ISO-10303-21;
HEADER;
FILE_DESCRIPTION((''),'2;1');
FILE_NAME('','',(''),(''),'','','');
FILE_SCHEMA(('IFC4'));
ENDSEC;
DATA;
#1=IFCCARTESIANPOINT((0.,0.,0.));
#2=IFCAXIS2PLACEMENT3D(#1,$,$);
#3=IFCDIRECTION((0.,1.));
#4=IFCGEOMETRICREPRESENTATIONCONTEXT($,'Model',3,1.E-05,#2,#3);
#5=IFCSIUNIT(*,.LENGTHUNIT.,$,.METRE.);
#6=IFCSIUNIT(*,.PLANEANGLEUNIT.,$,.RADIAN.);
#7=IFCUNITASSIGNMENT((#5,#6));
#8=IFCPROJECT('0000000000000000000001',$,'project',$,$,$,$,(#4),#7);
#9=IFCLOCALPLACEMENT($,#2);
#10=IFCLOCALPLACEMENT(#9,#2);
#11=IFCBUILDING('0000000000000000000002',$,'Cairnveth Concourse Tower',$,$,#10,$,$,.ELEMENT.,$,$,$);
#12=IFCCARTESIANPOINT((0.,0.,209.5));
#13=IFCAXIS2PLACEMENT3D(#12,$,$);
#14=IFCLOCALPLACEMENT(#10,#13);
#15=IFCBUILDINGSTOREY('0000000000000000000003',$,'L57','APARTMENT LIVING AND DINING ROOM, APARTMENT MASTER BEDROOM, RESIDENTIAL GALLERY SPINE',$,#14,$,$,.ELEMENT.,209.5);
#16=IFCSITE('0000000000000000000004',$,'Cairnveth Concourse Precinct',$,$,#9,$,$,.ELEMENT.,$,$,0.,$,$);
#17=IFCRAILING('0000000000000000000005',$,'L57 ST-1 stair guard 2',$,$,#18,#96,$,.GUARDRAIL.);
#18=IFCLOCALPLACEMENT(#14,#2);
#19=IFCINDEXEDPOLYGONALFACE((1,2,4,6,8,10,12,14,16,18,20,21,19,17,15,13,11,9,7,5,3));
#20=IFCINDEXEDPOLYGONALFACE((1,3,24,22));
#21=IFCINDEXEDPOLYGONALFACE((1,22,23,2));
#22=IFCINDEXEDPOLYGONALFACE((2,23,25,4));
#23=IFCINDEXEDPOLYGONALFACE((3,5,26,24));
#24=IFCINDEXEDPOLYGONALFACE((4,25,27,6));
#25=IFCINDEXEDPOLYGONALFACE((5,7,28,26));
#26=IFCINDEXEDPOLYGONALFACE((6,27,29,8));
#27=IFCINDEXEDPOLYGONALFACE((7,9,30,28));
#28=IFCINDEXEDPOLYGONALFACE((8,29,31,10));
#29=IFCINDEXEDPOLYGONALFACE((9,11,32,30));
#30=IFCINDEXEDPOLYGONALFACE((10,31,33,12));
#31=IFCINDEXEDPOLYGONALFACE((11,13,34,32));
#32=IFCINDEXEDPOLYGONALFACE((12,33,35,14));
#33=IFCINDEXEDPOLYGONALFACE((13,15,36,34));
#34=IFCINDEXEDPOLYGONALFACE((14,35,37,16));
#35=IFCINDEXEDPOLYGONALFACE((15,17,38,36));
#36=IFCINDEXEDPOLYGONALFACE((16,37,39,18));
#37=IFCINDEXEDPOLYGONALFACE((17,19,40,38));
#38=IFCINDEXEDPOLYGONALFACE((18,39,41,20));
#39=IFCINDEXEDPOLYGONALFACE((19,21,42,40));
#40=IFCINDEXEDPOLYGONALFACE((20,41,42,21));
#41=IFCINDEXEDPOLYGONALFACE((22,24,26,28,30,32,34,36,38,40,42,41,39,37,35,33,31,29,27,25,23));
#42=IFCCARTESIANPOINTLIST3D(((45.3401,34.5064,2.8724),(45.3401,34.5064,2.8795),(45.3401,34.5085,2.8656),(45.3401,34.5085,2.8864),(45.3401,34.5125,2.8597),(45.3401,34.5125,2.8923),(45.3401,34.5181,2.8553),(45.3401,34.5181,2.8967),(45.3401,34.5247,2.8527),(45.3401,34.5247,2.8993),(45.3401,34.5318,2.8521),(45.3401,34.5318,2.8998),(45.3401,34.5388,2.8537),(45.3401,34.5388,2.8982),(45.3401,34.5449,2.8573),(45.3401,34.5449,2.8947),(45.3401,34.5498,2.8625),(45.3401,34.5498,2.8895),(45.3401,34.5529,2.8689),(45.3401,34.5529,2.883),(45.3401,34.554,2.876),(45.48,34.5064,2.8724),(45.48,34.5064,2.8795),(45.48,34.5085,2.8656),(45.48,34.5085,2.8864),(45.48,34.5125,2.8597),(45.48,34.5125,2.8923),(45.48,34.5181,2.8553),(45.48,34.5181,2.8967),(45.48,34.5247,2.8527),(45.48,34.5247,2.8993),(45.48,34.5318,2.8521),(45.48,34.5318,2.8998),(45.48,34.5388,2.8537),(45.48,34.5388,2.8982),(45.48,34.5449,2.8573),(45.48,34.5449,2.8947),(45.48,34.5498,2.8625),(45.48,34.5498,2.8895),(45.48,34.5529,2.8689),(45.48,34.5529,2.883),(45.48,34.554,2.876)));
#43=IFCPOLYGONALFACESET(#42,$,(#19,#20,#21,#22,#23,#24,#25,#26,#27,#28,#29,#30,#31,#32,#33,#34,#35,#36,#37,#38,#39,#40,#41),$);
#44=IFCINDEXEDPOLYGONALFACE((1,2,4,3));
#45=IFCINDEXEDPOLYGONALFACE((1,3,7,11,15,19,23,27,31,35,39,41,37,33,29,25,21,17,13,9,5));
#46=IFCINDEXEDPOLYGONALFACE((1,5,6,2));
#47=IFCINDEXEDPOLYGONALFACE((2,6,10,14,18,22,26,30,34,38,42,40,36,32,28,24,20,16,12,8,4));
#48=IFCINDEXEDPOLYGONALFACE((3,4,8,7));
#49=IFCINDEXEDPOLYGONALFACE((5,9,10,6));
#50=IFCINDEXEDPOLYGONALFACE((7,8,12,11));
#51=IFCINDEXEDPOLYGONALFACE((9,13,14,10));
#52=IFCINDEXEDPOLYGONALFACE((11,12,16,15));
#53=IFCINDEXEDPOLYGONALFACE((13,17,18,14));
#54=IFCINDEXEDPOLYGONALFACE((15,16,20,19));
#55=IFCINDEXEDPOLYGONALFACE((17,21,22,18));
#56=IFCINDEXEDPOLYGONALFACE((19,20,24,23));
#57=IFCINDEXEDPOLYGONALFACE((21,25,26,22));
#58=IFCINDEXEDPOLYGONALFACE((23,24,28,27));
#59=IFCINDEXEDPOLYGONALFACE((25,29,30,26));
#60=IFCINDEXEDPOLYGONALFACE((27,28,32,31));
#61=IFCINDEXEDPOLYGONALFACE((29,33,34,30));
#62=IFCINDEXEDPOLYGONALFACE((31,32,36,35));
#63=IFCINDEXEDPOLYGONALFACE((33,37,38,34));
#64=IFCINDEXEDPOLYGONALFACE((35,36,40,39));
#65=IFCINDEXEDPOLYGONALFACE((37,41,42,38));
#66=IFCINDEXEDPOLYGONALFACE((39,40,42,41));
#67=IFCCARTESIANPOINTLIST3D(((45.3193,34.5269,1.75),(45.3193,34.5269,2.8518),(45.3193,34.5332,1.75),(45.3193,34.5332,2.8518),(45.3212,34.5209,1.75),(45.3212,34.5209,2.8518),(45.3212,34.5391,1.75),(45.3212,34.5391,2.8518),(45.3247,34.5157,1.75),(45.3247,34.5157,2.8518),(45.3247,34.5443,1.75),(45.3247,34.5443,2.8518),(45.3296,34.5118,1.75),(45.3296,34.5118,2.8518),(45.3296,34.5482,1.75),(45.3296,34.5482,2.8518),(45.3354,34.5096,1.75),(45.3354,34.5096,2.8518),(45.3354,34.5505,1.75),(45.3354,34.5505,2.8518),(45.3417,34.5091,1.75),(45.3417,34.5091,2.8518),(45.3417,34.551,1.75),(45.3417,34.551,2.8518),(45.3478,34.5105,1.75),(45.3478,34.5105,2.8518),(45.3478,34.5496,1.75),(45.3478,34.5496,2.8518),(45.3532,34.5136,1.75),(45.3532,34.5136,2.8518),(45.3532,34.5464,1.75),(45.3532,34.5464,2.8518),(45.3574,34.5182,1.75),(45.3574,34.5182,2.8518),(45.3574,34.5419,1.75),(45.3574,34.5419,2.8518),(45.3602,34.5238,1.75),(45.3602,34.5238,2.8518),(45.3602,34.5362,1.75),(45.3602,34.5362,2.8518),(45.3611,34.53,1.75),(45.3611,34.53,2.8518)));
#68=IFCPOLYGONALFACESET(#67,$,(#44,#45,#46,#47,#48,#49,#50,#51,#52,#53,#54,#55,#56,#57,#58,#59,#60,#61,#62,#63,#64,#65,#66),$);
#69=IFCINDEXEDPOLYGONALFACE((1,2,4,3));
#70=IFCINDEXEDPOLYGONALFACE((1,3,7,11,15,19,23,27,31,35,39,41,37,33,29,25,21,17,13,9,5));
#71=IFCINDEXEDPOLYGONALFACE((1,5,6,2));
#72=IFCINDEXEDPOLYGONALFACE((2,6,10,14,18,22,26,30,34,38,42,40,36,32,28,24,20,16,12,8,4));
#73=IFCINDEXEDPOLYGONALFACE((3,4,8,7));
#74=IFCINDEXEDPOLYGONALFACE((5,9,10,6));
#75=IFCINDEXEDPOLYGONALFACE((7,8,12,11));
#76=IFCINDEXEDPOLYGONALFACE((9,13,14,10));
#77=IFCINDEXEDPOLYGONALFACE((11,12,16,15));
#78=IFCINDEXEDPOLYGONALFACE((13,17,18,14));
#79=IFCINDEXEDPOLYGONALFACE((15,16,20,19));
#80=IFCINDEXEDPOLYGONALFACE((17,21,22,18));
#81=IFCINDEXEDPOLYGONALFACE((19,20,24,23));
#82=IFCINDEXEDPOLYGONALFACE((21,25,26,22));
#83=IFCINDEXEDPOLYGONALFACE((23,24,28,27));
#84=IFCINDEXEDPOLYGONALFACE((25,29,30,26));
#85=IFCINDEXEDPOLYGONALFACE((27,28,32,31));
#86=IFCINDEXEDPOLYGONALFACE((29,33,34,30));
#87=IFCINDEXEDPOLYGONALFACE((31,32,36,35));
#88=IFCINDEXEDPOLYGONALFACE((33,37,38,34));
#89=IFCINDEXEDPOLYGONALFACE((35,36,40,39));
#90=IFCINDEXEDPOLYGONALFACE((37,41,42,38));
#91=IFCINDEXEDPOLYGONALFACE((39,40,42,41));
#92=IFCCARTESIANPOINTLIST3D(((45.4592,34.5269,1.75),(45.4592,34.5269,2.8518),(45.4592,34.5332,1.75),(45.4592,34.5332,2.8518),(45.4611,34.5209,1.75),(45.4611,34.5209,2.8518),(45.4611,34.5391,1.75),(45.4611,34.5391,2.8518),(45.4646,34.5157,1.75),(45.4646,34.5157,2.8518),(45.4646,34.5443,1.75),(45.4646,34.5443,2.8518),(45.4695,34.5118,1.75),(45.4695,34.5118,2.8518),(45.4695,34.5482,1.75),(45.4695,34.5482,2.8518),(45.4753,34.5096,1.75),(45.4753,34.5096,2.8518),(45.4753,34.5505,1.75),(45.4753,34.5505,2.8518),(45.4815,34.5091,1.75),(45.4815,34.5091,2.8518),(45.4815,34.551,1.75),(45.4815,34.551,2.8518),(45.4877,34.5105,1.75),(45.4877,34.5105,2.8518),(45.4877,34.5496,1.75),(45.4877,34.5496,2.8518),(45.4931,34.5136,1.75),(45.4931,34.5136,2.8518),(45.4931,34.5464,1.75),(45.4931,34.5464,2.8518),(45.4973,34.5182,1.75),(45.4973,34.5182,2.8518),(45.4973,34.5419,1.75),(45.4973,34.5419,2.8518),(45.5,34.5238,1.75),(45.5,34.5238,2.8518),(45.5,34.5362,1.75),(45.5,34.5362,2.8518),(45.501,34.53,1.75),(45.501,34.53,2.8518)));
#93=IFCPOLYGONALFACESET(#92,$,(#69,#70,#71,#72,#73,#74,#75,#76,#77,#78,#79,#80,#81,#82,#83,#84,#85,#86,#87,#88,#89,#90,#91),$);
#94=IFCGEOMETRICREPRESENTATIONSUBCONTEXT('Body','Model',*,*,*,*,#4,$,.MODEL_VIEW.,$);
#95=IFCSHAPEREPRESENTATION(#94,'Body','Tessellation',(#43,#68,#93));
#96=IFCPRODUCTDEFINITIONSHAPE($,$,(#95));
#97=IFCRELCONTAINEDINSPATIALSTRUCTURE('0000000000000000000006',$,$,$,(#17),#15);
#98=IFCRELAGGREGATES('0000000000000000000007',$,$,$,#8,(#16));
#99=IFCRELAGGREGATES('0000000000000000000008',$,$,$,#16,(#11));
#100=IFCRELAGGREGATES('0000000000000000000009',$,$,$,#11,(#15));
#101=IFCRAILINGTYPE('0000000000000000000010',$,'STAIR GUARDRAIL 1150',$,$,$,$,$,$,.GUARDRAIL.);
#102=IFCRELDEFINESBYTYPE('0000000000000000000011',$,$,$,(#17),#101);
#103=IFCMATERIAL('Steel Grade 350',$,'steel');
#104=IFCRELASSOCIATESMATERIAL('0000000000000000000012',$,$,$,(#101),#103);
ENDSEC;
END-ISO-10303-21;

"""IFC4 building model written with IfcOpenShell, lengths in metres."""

from ifc_helpers import new_model, si_unit, direction, frame, origin, origin_2d, place, context, subcontext, project, spatial, circle, extrude, material, type_object, element, save


model = new_model("IFC4")

# Units and contexts
model_context = context("Model", 3, precision=1e-05, world=origin(), true_north=direction((0.0, 1.0)))
body_context = subcontext(model_context, "Body", "Model", "MODEL_VIEW")
ifc_project = project(units=[si_unit("LENGTHUNIT", "METRE"), si_unit("PLANEANGLEUNIT", "RADIAN")], contexts=[model_context])

# Site, building, storey
site_placement = place(None, origin())
site = spatial("IfcSite", under=ifc_project, at=site_placement, Name="Cairnveth Concourse Precinct", CompositionType="ELEMENT", RefElevation=0.0)
building_placement = place(site_placement, origin())
building = spatial("IfcBuilding", under=site, at=building_placement, Name="Cairnveth Concourse Tower", CompositionType="ELEMENT")
storey_placement = place(building_placement, frame((0.0, 0.0, 209.5)))
storey = spatial("IfcBuildingStorey", under=building, at=storey_placement, Name="L57", Description="APARTMENT LIVING AND DINING ROOM, APARTMENT MASTER BEDROOM, RESIDENTIAL GALLERY SPINE", CompositionType="ELEMENT", Elevation=209.5)

# Railing
ifc_material_1 = material(Name="Steel Grade 350", Category="steel")
railing_type_1 = type_object("IfcRailingType", Name="STAIR GUARDRAIL 1150", PredefinedType="GUARDRAIL", material=ifc_material_1)
railing_1_placement = place(storey_placement, frame((45.3401, 34.53, 1.75)))
element("IfcRailing", 1, at=railing_1_placement, inside=storey, type_object=railing_type_1, Name="L57 ST-1 stair guard 2", PredefinedType="GUARDRAIL", context=body_context, shape_type="SweptSolid", body=[
    extrude(circle(Radius=0.0239, at=origin_2d()), frame((0.0, 0.0, 1.126), z_axis=(1.0, 0.0, 0.0), x_axis=(0.0, 1.0, 0.0)), (0.0, 0.0, 1.0), 0.1399),
    extrude(circle(Radius=0.021, at=origin_2d()), origin(), (0.0, 0.0, 1.0), 1.1018),
    extrude(circle(Radius=0.021, at=origin_2d()), frame((0.1399, 0.0, 0.0)), (0.0, 0.0, 1.0), 1.1018),
])

save(model, "model.ifc")
